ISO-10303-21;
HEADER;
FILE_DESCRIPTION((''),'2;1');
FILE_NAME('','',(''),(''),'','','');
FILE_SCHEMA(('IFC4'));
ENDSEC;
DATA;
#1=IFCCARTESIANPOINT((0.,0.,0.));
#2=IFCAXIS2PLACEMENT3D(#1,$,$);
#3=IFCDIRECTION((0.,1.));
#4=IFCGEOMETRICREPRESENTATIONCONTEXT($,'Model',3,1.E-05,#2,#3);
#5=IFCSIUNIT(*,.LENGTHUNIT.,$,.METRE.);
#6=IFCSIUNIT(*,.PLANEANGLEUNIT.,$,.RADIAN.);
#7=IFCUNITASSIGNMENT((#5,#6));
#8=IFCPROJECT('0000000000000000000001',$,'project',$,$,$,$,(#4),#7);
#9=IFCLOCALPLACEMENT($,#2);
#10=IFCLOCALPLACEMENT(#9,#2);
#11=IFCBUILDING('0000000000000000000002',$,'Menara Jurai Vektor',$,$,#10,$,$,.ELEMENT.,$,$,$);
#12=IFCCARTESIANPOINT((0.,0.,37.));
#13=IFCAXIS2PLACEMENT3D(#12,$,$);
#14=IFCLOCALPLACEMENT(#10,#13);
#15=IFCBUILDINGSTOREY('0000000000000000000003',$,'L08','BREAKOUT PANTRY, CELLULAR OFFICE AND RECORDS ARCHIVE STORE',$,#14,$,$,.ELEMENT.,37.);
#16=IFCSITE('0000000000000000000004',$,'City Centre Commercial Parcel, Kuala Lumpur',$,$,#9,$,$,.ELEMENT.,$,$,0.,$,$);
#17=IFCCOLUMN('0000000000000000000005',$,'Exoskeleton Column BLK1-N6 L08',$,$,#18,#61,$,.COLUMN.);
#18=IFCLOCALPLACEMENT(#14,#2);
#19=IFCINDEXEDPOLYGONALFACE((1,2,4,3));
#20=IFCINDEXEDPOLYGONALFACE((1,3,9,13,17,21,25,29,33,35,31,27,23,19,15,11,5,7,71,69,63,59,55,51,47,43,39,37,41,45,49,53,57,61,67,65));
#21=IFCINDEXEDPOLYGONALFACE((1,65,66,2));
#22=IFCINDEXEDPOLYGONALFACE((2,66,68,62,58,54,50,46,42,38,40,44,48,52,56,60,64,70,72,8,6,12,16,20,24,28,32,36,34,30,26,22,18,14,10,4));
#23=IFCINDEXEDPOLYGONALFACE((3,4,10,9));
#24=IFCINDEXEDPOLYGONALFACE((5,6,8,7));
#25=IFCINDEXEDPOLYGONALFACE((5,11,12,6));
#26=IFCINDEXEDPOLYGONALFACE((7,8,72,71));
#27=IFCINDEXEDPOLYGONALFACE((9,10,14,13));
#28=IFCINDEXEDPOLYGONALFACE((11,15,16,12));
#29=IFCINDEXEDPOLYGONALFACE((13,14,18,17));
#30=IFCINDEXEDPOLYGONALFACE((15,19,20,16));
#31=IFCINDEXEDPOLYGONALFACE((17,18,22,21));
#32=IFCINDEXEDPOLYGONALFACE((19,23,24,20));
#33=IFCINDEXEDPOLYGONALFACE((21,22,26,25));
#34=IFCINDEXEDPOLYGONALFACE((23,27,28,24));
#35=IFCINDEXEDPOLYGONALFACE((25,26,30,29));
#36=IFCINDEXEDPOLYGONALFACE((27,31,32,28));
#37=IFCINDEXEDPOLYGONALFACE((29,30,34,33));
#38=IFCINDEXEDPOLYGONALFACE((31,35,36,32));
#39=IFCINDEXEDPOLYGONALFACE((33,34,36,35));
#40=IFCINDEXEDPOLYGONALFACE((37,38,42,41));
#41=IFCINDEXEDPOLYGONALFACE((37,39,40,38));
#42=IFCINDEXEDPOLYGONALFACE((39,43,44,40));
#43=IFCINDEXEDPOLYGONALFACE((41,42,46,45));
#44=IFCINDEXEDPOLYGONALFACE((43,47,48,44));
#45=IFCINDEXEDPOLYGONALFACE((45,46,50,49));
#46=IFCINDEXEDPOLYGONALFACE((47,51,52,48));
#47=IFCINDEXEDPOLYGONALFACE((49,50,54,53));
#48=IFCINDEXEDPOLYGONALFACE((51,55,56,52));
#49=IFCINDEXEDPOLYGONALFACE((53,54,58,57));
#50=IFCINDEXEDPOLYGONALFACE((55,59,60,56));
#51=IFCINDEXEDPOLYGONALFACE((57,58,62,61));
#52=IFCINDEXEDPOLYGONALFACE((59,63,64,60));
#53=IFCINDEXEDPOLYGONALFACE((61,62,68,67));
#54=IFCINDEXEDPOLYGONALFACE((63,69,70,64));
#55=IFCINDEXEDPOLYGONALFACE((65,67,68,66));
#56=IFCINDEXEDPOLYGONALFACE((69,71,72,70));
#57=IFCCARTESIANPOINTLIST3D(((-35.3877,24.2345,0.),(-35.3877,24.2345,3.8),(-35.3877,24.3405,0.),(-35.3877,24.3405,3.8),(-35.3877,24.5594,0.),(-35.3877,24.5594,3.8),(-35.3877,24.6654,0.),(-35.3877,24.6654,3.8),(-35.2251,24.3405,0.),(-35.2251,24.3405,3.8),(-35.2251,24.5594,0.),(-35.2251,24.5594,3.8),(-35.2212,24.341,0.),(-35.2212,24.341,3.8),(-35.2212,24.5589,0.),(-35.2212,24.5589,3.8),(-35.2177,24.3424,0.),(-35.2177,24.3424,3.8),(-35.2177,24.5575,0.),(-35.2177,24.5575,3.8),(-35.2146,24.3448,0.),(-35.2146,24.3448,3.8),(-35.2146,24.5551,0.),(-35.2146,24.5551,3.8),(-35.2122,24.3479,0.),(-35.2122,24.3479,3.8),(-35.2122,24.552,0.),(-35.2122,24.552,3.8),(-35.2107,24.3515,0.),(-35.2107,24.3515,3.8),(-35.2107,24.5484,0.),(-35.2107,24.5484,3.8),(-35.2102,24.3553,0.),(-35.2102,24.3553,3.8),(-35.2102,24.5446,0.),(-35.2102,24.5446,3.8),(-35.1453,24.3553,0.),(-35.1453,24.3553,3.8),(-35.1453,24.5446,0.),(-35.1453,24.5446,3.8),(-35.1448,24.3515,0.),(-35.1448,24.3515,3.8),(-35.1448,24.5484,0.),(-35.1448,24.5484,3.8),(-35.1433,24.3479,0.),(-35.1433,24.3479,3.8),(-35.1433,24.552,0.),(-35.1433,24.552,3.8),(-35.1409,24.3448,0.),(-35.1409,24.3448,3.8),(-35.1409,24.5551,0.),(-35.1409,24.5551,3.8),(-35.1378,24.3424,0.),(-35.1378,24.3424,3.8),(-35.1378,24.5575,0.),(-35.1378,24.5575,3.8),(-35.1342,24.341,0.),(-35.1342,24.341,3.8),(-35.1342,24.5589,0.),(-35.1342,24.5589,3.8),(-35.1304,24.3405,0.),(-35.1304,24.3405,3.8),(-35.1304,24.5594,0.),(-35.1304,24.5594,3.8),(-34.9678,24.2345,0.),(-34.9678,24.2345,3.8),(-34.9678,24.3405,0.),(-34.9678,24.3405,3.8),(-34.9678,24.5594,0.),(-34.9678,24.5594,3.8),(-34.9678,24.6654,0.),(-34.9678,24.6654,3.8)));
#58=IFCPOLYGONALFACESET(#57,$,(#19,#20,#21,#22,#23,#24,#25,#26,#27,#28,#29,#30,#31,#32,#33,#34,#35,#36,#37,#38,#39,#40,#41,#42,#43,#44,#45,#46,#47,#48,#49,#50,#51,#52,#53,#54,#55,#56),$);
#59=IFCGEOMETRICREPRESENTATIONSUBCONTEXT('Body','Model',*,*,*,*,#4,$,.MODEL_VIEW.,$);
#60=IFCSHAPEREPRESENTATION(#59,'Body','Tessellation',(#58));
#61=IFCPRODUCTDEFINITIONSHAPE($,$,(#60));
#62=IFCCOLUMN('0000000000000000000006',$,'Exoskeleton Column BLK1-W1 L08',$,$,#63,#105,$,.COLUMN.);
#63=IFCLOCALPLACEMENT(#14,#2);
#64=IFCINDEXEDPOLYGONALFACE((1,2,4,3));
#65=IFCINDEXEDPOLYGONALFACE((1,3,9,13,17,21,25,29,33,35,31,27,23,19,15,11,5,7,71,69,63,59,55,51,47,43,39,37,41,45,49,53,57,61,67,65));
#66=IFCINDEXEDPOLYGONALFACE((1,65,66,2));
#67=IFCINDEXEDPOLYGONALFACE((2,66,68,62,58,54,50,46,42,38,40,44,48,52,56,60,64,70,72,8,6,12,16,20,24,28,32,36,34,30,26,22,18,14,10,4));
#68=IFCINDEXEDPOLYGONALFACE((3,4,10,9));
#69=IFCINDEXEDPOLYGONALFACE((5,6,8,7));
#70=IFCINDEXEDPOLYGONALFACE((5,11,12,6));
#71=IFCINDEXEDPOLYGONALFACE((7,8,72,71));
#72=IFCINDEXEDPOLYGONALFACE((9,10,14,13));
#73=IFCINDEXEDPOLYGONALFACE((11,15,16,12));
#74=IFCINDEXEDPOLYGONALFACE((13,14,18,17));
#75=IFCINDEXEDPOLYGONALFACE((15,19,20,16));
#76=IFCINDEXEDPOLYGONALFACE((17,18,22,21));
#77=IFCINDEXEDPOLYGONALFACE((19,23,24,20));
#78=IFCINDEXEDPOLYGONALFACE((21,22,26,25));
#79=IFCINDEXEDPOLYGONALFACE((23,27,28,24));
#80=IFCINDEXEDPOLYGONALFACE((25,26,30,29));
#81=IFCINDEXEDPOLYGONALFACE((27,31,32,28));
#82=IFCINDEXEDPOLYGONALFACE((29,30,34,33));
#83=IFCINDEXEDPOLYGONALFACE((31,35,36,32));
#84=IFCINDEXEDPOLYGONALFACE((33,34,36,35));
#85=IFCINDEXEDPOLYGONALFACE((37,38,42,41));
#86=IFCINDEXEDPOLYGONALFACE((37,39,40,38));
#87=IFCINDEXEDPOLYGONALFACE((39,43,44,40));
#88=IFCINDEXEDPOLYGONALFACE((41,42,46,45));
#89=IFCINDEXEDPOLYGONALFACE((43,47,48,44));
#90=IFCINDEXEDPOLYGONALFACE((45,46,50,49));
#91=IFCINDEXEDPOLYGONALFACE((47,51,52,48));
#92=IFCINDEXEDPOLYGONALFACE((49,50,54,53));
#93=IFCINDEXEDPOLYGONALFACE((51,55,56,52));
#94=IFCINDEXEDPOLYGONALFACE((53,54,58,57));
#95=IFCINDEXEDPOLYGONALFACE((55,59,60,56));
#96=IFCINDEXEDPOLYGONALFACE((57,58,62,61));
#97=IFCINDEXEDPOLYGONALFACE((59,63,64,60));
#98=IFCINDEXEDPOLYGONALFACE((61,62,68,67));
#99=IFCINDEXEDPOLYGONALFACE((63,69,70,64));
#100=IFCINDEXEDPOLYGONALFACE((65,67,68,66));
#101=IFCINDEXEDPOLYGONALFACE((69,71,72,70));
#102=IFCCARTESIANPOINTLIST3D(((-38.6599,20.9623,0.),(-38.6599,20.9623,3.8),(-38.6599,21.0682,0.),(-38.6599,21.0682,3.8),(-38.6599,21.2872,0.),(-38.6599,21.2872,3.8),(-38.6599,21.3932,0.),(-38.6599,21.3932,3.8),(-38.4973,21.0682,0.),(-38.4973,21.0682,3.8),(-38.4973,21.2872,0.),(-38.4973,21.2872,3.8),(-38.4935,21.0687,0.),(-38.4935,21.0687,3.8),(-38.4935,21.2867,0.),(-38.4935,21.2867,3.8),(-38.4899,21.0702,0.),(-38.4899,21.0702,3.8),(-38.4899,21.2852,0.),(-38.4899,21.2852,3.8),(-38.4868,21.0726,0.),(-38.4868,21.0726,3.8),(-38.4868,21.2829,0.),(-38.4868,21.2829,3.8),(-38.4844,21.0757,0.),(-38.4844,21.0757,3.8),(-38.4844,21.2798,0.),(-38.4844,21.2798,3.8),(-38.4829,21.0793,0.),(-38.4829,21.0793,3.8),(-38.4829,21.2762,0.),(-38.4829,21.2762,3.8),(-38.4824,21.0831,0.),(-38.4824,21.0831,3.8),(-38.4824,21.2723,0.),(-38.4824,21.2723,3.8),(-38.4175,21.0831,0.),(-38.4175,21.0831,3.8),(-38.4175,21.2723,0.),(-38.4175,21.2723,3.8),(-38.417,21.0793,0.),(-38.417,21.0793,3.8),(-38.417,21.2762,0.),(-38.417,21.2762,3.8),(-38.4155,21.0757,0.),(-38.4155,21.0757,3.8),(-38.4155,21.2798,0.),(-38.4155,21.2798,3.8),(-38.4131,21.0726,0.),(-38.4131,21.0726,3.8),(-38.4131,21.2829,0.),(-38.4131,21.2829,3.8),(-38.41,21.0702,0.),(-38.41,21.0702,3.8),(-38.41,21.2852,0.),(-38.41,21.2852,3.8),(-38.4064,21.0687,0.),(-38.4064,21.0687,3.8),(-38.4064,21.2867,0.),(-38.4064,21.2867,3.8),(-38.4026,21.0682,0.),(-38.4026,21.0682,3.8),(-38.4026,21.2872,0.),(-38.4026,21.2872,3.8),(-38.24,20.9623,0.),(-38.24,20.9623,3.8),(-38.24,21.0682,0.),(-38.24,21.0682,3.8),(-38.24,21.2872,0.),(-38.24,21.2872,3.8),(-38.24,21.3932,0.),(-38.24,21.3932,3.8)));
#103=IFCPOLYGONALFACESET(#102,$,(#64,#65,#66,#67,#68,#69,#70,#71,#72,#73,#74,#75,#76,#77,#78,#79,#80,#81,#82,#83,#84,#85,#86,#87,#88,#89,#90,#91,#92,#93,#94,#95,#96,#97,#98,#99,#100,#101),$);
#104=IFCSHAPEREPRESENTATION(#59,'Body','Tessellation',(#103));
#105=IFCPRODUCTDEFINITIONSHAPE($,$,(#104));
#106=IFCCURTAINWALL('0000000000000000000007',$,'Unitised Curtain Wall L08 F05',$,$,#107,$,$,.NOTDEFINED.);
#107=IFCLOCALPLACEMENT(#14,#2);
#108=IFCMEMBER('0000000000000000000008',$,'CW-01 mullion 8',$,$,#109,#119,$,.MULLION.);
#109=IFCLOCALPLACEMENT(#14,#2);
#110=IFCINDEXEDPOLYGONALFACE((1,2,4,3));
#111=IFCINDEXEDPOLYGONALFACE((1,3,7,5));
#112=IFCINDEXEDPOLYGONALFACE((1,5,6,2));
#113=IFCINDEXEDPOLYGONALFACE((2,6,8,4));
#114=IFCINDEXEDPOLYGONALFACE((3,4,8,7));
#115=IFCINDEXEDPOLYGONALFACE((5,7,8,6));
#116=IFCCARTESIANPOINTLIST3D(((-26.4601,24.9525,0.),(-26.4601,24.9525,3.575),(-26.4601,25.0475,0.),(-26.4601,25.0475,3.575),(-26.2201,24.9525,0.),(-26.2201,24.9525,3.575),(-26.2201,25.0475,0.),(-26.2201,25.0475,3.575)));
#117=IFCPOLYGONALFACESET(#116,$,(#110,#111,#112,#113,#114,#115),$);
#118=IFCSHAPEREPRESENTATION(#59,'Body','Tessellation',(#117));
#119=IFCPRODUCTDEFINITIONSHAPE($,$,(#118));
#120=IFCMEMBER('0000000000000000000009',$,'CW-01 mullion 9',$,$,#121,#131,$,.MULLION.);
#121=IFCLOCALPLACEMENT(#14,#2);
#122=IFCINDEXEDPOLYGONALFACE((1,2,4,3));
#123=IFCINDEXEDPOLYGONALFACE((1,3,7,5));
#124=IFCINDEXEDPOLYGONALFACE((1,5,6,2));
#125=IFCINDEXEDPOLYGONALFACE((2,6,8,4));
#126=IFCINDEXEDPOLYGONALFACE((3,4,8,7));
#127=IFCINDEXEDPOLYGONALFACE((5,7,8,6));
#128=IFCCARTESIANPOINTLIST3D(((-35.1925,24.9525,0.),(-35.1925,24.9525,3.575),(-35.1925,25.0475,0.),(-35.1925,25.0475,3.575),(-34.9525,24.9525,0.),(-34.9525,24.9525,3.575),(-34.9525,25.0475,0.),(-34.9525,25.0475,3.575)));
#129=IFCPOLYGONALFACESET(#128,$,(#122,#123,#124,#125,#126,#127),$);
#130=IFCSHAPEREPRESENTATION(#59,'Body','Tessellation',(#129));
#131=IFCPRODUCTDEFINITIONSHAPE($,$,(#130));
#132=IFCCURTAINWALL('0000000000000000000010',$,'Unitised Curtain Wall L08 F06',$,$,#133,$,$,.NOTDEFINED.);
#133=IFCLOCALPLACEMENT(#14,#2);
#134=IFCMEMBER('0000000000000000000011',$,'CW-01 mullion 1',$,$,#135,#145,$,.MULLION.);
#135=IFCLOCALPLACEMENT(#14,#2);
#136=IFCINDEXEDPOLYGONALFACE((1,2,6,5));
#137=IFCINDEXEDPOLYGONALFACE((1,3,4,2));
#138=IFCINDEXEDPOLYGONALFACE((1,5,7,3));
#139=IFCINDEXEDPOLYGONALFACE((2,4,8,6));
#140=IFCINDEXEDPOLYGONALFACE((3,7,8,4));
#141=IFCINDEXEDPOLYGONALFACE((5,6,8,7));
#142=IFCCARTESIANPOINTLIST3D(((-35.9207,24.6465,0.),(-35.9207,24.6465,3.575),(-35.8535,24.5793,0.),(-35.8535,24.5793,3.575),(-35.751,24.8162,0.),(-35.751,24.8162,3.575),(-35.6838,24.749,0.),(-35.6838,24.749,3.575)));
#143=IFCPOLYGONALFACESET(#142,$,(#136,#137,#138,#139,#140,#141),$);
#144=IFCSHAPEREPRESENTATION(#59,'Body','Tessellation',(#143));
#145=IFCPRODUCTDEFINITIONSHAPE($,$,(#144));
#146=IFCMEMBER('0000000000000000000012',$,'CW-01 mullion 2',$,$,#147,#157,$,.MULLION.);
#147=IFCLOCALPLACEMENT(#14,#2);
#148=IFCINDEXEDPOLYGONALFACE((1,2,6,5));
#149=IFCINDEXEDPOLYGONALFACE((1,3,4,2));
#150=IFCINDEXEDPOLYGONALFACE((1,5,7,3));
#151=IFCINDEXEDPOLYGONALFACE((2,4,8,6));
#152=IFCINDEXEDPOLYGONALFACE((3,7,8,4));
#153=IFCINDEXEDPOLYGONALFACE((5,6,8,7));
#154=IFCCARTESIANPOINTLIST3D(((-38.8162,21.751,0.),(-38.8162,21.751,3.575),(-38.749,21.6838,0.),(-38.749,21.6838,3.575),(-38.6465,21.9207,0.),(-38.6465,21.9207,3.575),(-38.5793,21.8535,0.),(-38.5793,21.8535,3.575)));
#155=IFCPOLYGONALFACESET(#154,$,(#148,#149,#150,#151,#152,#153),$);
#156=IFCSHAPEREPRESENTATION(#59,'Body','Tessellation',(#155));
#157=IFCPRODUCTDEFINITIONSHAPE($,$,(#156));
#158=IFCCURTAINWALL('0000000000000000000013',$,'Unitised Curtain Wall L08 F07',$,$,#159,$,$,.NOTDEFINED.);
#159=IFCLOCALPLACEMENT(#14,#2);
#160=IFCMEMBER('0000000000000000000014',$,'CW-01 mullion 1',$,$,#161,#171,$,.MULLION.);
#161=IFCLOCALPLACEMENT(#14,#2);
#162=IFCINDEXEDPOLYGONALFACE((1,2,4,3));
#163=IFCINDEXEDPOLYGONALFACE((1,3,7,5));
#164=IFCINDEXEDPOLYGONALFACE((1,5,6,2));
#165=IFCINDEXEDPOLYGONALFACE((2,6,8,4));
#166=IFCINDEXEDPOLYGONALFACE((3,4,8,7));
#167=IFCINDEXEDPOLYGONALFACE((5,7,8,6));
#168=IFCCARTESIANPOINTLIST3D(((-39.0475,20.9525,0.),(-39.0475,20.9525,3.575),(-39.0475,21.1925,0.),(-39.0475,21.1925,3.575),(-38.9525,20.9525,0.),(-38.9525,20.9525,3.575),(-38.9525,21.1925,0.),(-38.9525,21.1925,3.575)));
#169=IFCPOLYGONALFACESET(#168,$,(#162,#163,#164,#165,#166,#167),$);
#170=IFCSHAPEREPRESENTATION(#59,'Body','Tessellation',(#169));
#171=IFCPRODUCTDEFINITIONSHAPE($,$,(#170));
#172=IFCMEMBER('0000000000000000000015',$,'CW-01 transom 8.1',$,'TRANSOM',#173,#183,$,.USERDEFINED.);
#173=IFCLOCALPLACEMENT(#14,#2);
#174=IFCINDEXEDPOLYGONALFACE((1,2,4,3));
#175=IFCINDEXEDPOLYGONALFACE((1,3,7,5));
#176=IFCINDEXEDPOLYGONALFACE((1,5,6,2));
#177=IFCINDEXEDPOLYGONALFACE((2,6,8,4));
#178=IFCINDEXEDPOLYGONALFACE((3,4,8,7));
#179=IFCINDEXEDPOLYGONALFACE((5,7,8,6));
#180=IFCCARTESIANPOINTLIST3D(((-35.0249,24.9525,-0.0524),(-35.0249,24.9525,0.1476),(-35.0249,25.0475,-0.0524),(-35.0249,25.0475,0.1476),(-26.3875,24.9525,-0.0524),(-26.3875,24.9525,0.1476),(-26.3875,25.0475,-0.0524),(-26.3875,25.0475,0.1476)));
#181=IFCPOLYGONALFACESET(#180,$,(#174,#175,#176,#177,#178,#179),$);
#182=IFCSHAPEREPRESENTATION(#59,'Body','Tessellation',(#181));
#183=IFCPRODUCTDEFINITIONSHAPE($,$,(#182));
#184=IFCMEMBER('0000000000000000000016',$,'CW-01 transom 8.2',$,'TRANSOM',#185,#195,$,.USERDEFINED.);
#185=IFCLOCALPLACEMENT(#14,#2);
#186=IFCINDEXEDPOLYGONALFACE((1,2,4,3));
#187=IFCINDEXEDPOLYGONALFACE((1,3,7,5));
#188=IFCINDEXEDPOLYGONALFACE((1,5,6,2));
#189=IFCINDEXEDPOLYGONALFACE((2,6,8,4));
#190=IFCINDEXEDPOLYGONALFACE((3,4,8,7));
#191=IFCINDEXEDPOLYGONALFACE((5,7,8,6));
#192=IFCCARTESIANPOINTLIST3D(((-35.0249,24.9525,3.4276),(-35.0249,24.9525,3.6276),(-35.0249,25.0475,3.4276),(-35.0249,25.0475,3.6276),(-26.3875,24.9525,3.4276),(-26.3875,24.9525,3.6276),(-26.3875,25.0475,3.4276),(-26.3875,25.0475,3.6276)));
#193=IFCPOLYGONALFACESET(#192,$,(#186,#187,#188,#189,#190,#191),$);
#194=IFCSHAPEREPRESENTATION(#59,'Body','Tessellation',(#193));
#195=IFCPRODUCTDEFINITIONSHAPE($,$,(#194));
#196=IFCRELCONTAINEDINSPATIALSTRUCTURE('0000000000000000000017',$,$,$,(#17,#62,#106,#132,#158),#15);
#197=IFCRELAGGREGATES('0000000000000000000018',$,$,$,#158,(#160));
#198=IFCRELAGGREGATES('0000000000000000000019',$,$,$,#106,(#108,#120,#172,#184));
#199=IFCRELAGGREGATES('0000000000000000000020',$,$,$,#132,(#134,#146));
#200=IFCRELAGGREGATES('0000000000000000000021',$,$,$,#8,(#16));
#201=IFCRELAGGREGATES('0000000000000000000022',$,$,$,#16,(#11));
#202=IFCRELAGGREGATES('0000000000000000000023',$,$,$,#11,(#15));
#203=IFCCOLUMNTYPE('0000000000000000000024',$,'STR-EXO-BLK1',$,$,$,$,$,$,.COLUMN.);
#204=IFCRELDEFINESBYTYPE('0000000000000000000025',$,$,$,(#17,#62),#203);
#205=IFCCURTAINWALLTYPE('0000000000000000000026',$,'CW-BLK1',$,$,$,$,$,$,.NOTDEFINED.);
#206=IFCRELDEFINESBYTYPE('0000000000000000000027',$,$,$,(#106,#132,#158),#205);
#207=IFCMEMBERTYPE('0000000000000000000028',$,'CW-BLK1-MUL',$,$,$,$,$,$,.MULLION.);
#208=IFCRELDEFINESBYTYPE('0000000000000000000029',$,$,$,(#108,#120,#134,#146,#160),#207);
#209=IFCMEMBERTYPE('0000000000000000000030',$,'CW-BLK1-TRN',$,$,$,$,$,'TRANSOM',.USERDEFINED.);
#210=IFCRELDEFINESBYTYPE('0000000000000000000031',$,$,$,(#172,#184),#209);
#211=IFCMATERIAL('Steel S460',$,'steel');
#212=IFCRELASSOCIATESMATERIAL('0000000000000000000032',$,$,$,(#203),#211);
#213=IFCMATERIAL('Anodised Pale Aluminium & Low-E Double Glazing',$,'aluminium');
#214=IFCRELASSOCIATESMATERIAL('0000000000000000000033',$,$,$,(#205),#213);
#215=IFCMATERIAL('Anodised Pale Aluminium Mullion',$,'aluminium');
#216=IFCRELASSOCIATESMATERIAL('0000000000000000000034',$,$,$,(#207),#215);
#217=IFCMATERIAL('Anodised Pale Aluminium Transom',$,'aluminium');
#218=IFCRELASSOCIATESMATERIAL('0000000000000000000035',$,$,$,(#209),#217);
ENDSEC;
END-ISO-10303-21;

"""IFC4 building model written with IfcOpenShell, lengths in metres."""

from ifc_helpers import new_model, si_unit, direction, frame, origin, origin_2d, place, context, subcontext, project, spatial, rectangle, i_section, extrude, material, material_profile, profile_set, type_object, element, aggregate, save


model = new_model("IFC4")

# Units and contexts
model_context = context("Model", 3, precision=1e-05, world=origin(), true_north=direction((0.0, 1.0)))
body_context = subcontext(model_context, "Body", "Model", "MODEL_VIEW")
ifc_project = project(units=[si_unit("LENGTHUNIT", "METRE"), si_unit("PLANEANGLEUNIT", "RADIAN")], contexts=[model_context])

# Site, building, storey
site_placement = place(None, origin())
site = spatial("IfcSite", under=ifc_project, at=site_placement, Name="City Centre Commercial Parcel, Kuala Lumpur", CompositionType="ELEMENT", RefElevation=0.0)
building_placement = place(site_placement, origin())
building = spatial("IfcBuilding", under=site, at=building_placement, Name="Menara Jurai Vektor", CompositionType="ELEMENT")
storey_placement = place(building_placement, frame((0.0, 0.0, 37.0)))
storey = spatial("IfcBuildingStorey", under=building, at=storey_placement, Name="L08", Description="BREAKOUT PANTRY, CELLULAR OFFICE AND RECORDS ARCHIVE STORE", CompositionType="ELEMENT", Elevation=37.0)

# Columns
ifc_material_1 = material(Name="Steel S460", Category="steel")
ifc_material_profile_1 = material_profile(ifc_material_1, i_section(OverallWidth=0.4199, OverallDepth=0.4309, WebThickness=0.0649, FlangeThickness=0.106, FilletRadius=0.0149, at=origin_2d()), Name="HD 400x900")
ifc_profile_set_1 = profile_set([ifc_material_profile_1], Name="Steel S460")
column_type = type_object("IfcColumnType", Name="STR-EXO-BLK1", PredefinedType="COLUMN", material=ifc_profile_set_1)
for number, where, z_axis, x_axis, name in (
    (1, (-35.1777, 24.45, 0.0), (0.0, 0.0, 1.0), (1.0, 0.0, 0.0), "Exoskeleton Column BLK1-N6 L08"),
    (2, (-38.45, 21.1777, 0.0), (0.0, 0.0, 1.0), (1.0, 0.0, 0.0), "Exoskeleton Column BLK1-W1 L08"),
):
    element("IfcColumn", number, at=place(storey_placement, frame(where, z_axis=z_axis, x_axis=x_axis)), inside=storey, type_object=column_type, Name=name, PredefinedType="COLUMN", context=body_context, shape_type="SweptSolid", body=[
        extrude(i_section(OverallWidth=0.4199, OverallDepth=0.4309, WebThickness=0.0649, FlangeThickness=0.106, FilletRadius=0.0149, at=origin_2d()), origin(), (0.0, 0.0, 1.0), 3.8),
    ])

# Curtain walls, members
ifc_material_2 = material(Name="Anodised Pale Aluminium & Low-E Double Glazing", Category="aluminium")
curtain_wall_type = type_object("IfcCurtainWallType", Name="CW-BLK1", PredefinedType="NOTDEFINED", material=ifc_material_2)
curtain_wall_1_placement = place(storey_placement, origin())
curtain_wall_1 = element("IfcCurtainWall", 3, at=curtain_wall_1_placement, inside=storey, type_object=curtain_wall_type, Name="Unitised Curtain Wall L08 F05", PredefinedType="NOTDEFINED")
ifc_material_3 = material(Name="Anodised Pale Aluminium Mullion", Category="aluminium")
ifc_material_profile_2 = material_profile(ifc_material_3, rectangle(XDim=0.095, YDim=0.24, at=origin_2d()), Name="ALU MUL 95x240")
ifc_profile_set_2 = profile_set([ifc_material_profile_2], Name="Anodised Pale Aluminium Mullion")
member_type_1 = type_object("IfcMemberType", Name="CW-BLK1-MUL", PredefinedType="MULLION", material=ifc_profile_set_2)
member_1_placement = place(storey_placement, frame((-26.3401, 25.0, 0.0), z_axis=(0.0, 0.0, 1.0), x_axis=(0.0, -1.0, 0.0)))
member_1 = element("IfcMember", 4, at=member_1_placement, type_object=member_type_1, Name="CW-01 mullion 8", PredefinedType="MULLION", context=body_context, shape_type="SweptSolid", body=[
    extrude(rectangle(XDim=0.095, YDim=0.24, at=origin_2d()), origin(), (0.0, 0.0, 1.0), 3.575),
])
member_2_placement = place(storey_placement, frame((-35.0725, 25.0, 0.0), z_axis=(0.0, 0.0, 1.0), x_axis=(0.0, -1.0, 0.0)))
member_2 = element("IfcMember", 5, at=member_2_placement, type_object=member_type_1, Name="CW-01 mullion 9", PredefinedType="MULLION", context=body_context, shape_type="SweptSolid", body=[
    extrude(rectangle(XDim=0.095, YDim=0.24, at=origin_2d()), origin(), (0.0, 0.0, 1.0), 3.575),
])
curtain_wall_2_placement = place(storey_placement, origin())
curtain_wall_2 = element("IfcCurtainWall", 6, at=curtain_wall_2_placement, inside=storey, type_object=curtain_wall_type, Name="Unitised Curtain Wall L08 F06", PredefinedType="NOTDEFINED")
member_3_placement = place(storey_placement, frame((-35.8022, 24.6978, 0.0), z_axis=(0.0, 0.0, 1.0), x_axis=(0.707107, -0.707107, 0.0)))
member_3 = element("IfcMember", 7, at=member_3_placement, type_object=member_type_1, Name="CW-01 mullion 1", PredefinedType="MULLION", context=body_context, shape_type="SweptSolid", body=[
    extrude(rectangle(XDim=0.095, YDim=0.24, at=origin_2d()), origin(), (0.0, 0.0, 1.0), 3.575),
])
member_4_placement = place(storey_placement, frame((-38.6978, 21.8022, 0.0), z_axis=(0.0, 0.0, 1.0), x_axis=(0.707107, -0.707107, 0.0)))
member_4 = element("IfcMember", 8, at=member_4_placement, type_object=member_type_1, Name="CW-01 mullion 2", PredefinedType="MULLION", context=body_context, shape_type="SweptSolid", body=[
    extrude(rectangle(XDim=0.095, YDim=0.24, at=origin_2d()), origin(), (0.0, 0.0, 1.0), 3.575),
])

# Curtain wall, member
curtain_wall_3_placement = place(storey_placement, origin())
curtain_wall_3 = element("IfcCurtainWall", 9, at=curtain_wall_3_placement, inside=storey, type_object=curtain_wall_type, Name="Unitised Curtain Wall L08 F07", PredefinedType="NOTDEFINED")
member_5_placement = place(storey_placement, frame((-39.0, 21.0725, 0.0), z_axis=(0.0, 0.0, 1.0), x_axis=(1.0, 0.0, 0.0)))
member_5 = element("IfcMember", 10, at=member_5_placement, type_object=member_type_1, Name="CW-01 mullion 1", PredefinedType="MULLION", context=body_context, shape_type="SweptSolid", body=[
    extrude(rectangle(XDim=0.095, YDim=0.24, at=origin_2d()), origin(), (0.0, 0.0, 1.0), 3.575),
])

# Members
ifc_material_4 = material(Name="Anodised Pale Aluminium Transom", Category="aluminium")
ifc_material_profile_3 = material_profile(ifc_material_4, rectangle(XDim=0.095, YDim=0.2, at=origin_2d()), Name="ALU TRN 95x200")
ifc_profile_set_3 = profile_set([ifc_material_profile_3], Name="Anodised Pale Aluminium Transom")
member_type_2 = type_object("IfcMemberType", Name="CW-BLK1-TRN", ElementType="TRANSOM", PredefinedType="USERDEFINED", material=ifc_profile_set_3)
member_6_placement = place(storey_placement, frame((-26.3875, 25.0, 0.0476), z_axis=(-1.0, 0.0, 0.0), x_axis=(0.0, -1.0, 0.0)))
member_6 = element("IfcMember", 11, at=member_6_placement, type_object=member_type_2, Name="CW-01 transom 8.1", ObjectType="TRANSOM", PredefinedType="USERDEFINED", context=body_context, shape_type="SweptSolid", body=[
    extrude(rectangle(XDim=0.095, YDim=0.2, at=origin_2d()), origin(), (0.0, 0.0, 1.0), 8.6375),
])
member_7_placement = place(storey_placement, frame((-26.3875, 25.0, 3.5276), z_axis=(-1.0, 0.0, 0.0), x_axis=(0.0, -1.0, 0.0)))
member_7 = element("IfcMember", 12, at=member_7_placement, type_object=member_type_2, Name="CW-01 transom 8.2", ObjectType="TRANSOM", PredefinedType="USERDEFINED", context=body_context, shape_type="SweptSolid", body=[
    extrude(rectangle(XDim=0.095, YDim=0.2, at=origin_2d()), origin(), (0.0, 0.0, 1.0), 8.6375),
])
aggregate(curtain_wall_3, [member_5])

aggregate(curtain_wall_1, [member_1, member_2, member_6, member_7])
aggregate(curtain_wall_2, [member_3, member_4])

save(model, "model.ifc")
